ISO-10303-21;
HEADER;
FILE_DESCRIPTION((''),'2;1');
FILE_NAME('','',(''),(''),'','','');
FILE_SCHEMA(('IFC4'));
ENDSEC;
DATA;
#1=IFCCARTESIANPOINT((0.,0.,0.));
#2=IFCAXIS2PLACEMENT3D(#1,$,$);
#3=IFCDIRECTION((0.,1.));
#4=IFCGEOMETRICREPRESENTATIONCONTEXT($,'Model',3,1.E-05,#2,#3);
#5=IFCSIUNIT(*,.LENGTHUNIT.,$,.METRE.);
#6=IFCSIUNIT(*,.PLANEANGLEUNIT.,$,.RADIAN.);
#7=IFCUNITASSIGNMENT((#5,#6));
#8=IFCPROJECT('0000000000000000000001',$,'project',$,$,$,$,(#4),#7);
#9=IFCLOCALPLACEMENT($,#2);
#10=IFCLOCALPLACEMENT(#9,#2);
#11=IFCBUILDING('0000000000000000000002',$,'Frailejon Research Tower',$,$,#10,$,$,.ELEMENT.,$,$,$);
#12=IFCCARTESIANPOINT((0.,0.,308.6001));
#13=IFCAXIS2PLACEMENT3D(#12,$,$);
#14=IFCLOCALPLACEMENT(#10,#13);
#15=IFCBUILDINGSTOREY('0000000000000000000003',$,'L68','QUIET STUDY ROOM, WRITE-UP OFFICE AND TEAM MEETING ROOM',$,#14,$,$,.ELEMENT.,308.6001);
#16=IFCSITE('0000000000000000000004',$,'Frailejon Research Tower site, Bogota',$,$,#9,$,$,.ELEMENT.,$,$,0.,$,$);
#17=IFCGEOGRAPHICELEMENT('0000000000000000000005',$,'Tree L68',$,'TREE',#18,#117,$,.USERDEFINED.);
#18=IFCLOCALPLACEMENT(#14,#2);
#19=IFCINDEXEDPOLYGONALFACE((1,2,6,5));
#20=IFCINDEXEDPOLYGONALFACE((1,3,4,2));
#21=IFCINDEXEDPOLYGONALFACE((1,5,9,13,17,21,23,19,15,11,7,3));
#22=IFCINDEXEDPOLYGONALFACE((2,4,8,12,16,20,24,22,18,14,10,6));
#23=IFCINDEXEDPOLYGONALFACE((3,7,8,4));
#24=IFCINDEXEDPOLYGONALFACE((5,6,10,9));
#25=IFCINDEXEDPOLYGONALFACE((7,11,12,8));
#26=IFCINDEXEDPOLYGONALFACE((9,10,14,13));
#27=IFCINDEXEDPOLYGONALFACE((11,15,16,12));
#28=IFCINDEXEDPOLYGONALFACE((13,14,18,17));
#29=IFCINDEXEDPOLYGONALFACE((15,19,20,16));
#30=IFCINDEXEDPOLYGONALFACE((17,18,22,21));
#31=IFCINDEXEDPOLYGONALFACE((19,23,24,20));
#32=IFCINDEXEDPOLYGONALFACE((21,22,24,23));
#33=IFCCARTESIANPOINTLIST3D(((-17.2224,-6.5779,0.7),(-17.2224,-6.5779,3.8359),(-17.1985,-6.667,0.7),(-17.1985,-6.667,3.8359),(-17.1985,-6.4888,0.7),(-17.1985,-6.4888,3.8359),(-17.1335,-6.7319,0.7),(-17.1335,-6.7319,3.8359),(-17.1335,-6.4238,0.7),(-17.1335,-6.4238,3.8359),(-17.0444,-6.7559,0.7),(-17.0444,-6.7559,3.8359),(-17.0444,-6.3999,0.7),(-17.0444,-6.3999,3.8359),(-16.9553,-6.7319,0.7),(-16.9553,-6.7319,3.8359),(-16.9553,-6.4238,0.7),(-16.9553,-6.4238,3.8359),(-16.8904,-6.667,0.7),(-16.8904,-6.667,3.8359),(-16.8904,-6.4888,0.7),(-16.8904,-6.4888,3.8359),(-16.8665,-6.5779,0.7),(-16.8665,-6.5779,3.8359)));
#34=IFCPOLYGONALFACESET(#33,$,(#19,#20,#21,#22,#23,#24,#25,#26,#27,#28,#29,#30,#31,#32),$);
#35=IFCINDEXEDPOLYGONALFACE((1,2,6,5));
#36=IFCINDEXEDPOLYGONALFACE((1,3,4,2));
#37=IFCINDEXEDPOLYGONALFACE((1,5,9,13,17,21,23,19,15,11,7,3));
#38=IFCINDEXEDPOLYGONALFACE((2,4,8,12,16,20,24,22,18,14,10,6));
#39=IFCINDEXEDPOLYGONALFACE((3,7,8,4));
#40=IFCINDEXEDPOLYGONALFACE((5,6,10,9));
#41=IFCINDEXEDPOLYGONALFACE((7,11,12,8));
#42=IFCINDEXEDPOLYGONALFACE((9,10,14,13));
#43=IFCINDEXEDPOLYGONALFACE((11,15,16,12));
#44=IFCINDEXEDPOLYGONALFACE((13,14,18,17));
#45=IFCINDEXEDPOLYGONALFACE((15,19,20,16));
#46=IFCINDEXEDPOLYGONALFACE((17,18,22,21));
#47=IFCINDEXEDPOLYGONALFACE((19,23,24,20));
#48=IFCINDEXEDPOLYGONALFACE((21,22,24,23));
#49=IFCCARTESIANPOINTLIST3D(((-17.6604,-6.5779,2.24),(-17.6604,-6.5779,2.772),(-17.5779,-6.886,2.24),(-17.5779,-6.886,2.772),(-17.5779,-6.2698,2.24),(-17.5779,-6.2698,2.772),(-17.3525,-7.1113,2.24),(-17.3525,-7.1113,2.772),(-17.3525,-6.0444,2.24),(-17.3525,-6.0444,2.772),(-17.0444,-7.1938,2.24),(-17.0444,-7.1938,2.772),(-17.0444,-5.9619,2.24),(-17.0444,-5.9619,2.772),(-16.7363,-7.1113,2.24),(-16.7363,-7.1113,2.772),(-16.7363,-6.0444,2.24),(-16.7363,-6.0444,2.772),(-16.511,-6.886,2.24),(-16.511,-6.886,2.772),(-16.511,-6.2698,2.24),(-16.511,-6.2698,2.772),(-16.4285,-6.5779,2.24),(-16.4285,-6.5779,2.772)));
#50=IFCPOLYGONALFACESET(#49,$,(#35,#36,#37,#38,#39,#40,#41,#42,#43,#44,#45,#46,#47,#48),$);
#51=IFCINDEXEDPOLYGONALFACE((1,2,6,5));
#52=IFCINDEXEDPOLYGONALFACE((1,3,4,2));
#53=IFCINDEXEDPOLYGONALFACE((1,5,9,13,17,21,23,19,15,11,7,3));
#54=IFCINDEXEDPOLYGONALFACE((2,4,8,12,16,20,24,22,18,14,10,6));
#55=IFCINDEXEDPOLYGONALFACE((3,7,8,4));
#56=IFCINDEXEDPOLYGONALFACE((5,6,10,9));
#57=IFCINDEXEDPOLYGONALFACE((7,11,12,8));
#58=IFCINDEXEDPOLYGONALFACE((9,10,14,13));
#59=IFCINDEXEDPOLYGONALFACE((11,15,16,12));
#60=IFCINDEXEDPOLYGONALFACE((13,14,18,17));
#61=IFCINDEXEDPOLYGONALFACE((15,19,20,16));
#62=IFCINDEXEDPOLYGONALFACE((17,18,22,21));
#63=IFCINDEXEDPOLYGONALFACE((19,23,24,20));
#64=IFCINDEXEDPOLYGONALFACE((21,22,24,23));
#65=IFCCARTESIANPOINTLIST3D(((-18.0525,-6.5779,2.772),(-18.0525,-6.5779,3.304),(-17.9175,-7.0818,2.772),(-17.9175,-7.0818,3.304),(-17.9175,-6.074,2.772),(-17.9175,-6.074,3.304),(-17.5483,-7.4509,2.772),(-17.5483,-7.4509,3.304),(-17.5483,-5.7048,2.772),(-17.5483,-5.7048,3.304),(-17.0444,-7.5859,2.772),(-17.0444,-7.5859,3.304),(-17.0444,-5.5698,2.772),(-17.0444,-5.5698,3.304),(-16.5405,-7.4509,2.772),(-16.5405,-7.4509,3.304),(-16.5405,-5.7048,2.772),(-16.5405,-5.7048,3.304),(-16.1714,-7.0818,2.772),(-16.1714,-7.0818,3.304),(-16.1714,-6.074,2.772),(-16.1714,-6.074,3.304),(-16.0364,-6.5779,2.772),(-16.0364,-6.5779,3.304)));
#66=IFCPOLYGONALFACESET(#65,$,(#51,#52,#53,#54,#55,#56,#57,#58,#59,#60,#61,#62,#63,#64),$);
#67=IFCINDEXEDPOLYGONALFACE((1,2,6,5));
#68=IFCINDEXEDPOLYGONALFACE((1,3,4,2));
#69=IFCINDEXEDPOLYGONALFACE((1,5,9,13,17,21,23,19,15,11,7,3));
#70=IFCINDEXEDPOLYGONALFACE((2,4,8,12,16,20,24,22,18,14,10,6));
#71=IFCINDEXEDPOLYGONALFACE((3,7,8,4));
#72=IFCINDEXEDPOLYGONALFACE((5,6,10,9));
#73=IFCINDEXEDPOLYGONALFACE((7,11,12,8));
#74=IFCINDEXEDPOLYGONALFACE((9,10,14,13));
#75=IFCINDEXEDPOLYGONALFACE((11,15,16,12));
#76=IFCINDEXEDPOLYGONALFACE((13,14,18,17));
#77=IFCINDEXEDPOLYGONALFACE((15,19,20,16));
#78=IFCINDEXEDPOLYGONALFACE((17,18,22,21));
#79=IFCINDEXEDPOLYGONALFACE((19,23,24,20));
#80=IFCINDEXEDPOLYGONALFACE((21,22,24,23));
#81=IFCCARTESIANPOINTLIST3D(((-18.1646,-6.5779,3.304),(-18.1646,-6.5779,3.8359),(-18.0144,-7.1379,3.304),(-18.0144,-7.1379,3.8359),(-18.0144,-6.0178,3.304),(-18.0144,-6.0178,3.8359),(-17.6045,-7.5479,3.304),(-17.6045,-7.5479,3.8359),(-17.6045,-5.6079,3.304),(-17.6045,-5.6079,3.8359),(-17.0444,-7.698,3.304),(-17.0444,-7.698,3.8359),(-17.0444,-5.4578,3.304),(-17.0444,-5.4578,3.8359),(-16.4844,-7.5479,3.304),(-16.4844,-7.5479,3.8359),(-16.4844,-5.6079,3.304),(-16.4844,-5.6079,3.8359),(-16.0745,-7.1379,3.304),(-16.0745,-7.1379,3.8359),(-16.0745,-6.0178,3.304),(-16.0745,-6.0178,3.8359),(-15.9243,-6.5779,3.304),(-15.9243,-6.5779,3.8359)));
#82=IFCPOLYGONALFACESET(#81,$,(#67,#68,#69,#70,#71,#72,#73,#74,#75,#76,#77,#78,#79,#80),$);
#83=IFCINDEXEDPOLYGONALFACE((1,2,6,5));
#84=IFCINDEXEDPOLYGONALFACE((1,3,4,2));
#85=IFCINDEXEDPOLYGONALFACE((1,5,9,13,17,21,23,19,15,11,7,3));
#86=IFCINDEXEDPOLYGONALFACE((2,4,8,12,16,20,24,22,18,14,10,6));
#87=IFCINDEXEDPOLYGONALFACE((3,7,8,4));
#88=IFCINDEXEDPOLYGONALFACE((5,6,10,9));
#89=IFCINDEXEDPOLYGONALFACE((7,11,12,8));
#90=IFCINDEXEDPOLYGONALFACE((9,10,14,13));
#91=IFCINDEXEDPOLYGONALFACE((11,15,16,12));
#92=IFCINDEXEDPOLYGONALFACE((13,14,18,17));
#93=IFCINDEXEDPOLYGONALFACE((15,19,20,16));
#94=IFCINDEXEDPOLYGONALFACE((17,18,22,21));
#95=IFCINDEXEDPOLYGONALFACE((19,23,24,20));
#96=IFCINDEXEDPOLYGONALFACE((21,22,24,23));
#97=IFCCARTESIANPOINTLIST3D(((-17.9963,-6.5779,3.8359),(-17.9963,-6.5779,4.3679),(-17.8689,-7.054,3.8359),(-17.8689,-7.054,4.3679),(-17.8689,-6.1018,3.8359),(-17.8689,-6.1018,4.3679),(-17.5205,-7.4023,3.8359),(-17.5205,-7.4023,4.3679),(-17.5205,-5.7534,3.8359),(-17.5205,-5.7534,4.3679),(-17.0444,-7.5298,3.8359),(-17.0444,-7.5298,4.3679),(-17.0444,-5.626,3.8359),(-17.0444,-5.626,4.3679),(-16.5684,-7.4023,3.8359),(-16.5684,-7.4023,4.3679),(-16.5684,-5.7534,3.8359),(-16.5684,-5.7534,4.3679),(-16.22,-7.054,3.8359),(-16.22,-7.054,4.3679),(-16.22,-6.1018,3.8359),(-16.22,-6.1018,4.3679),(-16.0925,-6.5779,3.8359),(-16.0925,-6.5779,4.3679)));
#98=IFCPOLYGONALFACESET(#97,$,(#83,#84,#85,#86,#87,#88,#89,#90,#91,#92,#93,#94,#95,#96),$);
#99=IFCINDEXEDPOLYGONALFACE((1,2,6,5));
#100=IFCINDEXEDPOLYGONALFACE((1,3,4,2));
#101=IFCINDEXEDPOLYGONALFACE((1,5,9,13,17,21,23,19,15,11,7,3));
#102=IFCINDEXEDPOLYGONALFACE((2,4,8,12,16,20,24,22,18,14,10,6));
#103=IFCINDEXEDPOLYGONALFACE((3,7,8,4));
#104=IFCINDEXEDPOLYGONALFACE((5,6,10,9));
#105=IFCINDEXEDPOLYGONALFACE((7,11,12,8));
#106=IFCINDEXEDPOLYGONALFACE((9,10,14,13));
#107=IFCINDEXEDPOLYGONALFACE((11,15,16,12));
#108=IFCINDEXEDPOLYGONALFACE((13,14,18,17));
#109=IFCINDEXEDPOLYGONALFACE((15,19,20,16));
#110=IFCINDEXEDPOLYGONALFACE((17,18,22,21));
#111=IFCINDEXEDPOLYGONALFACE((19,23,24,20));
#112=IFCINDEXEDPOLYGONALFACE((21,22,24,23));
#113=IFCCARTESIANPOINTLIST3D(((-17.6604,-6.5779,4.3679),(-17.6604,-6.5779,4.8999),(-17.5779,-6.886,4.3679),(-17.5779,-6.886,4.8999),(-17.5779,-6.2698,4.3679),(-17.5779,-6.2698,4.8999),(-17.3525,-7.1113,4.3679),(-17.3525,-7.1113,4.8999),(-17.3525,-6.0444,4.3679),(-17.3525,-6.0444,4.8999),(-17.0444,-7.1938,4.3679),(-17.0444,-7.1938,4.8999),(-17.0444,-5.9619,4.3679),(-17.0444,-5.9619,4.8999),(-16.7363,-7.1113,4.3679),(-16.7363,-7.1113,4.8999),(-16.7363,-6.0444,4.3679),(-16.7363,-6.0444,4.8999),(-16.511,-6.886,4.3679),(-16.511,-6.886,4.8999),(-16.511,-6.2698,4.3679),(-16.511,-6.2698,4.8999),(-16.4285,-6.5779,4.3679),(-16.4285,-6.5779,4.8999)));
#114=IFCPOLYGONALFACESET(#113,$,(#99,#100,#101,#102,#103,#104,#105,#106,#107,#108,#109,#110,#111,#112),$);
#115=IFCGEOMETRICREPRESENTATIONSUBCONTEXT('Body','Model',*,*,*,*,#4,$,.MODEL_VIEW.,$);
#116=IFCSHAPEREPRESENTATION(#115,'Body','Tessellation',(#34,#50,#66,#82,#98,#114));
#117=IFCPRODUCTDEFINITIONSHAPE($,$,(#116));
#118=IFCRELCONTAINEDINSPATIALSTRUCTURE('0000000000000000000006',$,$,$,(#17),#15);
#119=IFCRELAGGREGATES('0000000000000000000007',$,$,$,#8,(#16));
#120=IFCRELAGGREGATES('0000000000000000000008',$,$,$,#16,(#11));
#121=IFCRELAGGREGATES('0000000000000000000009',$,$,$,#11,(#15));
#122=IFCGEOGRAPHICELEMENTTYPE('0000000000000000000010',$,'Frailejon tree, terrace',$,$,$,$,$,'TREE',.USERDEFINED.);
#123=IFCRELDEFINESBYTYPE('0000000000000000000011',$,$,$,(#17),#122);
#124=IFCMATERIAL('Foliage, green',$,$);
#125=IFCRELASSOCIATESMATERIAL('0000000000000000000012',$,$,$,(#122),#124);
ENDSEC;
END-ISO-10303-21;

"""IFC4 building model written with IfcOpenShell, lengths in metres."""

from ifc_helpers import new_model, si_unit, direction, frame, origin, place, context, subcontext, project, spatial, polyline, outline, extrude, material, type_object, element, save


model = new_model("IFC4")

# Units and contexts
model_context = context("Model", 3, precision=1e-05, world=origin(), true_north=direction((0.0, 1.0)))
body_context = subcontext(model_context, "Body", "Model", "MODEL_VIEW")
ifc_project = project(units=[si_unit("LENGTHUNIT", "METRE"), si_unit("PLANEANGLEUNIT", "RADIAN")], contexts=[model_context])

# Site, building, storey
site_placement = place(None, origin())
site = spatial("IfcSite", under=ifc_project, at=site_placement, Name="Frailejon Research Tower site, Bogota", CompositionType="ELEMENT", RefElevation=0.0)
building_placement = place(site_placement, origin())
building = spatial("IfcBuilding", under=site, at=building_placement, Name="Frailejon Research Tower", CompositionType="ELEMENT")
storey_placement = place(building_placement, frame((0.0, 0.0, 308.6001)))
storey = spatial("IfcBuildingStorey", under=building, at=storey_placement, Name="L68", Description="QUIET STUDY ROOM, WRITE-UP OFFICE AND TEAM MEETING ROOM", CompositionType="ELEMENT", Elevation=308.6001)

# Geographic element
ifc_material_1 = material(Name="Foliage, green")
geographic_element_type = type_object("IfcGeographicElementType", Name="Frailejon tree, terrace", ElementType="TREE", PredefinedType="USERDEFINED", material=ifc_material_1)
geographic_element_placement = place(storey_placement, frame((-17.0444, -6.5779, 0.7)))
element("IfcGeographicElement", 1, at=geographic_element_placement, inside=storey, type_object=geographic_element_type, Name="Tree L68", ObjectType="TREE", PredefinedType="USERDEFINED", context=body_context, shape_type="SweptSolid", body=[
    extrude(outline(polyline([(0.178, 0.0), (0.1541, 0.0891), (0.0891, 0.1541), (0.0, 0.178), (-0.0891, 0.1541), (-0.1541, 0.0891), (-0.178, 0.0), (-0.1541, -0.0891), (-0.0891, -0.1541), (0.0, -0.178), (0.0891, -0.1541), (0.1541, -0.0891), (0.178, 0.0)])), origin(), (0.0, 0.0, 1.0), 3.136),
    extrude(outline(polyline([(0.616, 0.0), (0.5334, 0.3081), (0.3081, 0.5334), (0.0, 0.616), (-0.3081, 0.5334), (-0.5334, 0.3081), (-0.616, 0.0), (-0.5334, -0.3081), (-0.3081, -0.5334), (0.0, -0.616), (0.3081, -0.5334), (0.5334, -0.3081), (0.616, 0.0)])), frame((0.0, 0.0, 1.54)), (0.0, 0.0, 1.0), 0.532),
    extrude(outline(polyline([(1.0081, 0.0), (0.873, 0.5039), (0.5039, 0.873), (0.0, 1.0081), (-0.5039, 0.873), (-0.873, 0.5039), (-1.0081, 0.0), (-0.873, -0.5039), (-0.5039, -0.873), (0.0, -1.0081), (0.5039, -0.873), (0.873, -0.5039), (1.0081, 0.0)])), frame((0.0, 0.0, 2.072)), (0.0, 0.0, 1.0), 0.532),
    extrude(outline(polyline([(1.1201, 0.0), (0.97, 0.5601), (0.5601, 0.97), (0.0, 1.1201), (-0.5601, 0.97), (-0.97, 0.5601), (-1.1201, 0.0), (-0.97, -0.5601), (-0.5601, -0.97), (0.0, -1.1201), (0.5601, -0.97), (0.97, -0.5601), (1.1201, 0.0)])), frame((0.0, 0.0, 2.604)), (0.0, 0.0, 1.0), 0.532),
    extrude(outline(polyline([(0.9519, 0.0), (0.8245, 0.4761), (0.4761, 0.8245), (0.0, 0.9519), (-0.4761, 0.8245), (-0.8245, 0.4761), (-0.9519, 0.0), (-0.8245, -0.4761), (-0.4761, -0.8245), (0.0, -0.9519), (0.4761, -0.8245), (0.8245, -0.4761), (0.9519, 0.0)])), frame((0.0, 0.0, 3.136)), (0.0, 0.0, 1.0), 0.532),
    extrude(outline(polyline([(0.616, 0.0), (0.5334, 0.3081), (0.3081, 0.5334), (0.0, 0.616), (-0.3081, 0.5334), (-0.5334, 0.3081), (-0.616, 0.0), (-0.5334, -0.3081), (-0.3081, -0.5334), (0.0, -0.616), (0.3081, -0.5334), (0.5334, -0.3081), (0.616, 0.0)])), frame((0.0, 0.0, 3.668)), (0.0, 0.0, 1.0), 0.532),
])

save(model, "model.ifc")
